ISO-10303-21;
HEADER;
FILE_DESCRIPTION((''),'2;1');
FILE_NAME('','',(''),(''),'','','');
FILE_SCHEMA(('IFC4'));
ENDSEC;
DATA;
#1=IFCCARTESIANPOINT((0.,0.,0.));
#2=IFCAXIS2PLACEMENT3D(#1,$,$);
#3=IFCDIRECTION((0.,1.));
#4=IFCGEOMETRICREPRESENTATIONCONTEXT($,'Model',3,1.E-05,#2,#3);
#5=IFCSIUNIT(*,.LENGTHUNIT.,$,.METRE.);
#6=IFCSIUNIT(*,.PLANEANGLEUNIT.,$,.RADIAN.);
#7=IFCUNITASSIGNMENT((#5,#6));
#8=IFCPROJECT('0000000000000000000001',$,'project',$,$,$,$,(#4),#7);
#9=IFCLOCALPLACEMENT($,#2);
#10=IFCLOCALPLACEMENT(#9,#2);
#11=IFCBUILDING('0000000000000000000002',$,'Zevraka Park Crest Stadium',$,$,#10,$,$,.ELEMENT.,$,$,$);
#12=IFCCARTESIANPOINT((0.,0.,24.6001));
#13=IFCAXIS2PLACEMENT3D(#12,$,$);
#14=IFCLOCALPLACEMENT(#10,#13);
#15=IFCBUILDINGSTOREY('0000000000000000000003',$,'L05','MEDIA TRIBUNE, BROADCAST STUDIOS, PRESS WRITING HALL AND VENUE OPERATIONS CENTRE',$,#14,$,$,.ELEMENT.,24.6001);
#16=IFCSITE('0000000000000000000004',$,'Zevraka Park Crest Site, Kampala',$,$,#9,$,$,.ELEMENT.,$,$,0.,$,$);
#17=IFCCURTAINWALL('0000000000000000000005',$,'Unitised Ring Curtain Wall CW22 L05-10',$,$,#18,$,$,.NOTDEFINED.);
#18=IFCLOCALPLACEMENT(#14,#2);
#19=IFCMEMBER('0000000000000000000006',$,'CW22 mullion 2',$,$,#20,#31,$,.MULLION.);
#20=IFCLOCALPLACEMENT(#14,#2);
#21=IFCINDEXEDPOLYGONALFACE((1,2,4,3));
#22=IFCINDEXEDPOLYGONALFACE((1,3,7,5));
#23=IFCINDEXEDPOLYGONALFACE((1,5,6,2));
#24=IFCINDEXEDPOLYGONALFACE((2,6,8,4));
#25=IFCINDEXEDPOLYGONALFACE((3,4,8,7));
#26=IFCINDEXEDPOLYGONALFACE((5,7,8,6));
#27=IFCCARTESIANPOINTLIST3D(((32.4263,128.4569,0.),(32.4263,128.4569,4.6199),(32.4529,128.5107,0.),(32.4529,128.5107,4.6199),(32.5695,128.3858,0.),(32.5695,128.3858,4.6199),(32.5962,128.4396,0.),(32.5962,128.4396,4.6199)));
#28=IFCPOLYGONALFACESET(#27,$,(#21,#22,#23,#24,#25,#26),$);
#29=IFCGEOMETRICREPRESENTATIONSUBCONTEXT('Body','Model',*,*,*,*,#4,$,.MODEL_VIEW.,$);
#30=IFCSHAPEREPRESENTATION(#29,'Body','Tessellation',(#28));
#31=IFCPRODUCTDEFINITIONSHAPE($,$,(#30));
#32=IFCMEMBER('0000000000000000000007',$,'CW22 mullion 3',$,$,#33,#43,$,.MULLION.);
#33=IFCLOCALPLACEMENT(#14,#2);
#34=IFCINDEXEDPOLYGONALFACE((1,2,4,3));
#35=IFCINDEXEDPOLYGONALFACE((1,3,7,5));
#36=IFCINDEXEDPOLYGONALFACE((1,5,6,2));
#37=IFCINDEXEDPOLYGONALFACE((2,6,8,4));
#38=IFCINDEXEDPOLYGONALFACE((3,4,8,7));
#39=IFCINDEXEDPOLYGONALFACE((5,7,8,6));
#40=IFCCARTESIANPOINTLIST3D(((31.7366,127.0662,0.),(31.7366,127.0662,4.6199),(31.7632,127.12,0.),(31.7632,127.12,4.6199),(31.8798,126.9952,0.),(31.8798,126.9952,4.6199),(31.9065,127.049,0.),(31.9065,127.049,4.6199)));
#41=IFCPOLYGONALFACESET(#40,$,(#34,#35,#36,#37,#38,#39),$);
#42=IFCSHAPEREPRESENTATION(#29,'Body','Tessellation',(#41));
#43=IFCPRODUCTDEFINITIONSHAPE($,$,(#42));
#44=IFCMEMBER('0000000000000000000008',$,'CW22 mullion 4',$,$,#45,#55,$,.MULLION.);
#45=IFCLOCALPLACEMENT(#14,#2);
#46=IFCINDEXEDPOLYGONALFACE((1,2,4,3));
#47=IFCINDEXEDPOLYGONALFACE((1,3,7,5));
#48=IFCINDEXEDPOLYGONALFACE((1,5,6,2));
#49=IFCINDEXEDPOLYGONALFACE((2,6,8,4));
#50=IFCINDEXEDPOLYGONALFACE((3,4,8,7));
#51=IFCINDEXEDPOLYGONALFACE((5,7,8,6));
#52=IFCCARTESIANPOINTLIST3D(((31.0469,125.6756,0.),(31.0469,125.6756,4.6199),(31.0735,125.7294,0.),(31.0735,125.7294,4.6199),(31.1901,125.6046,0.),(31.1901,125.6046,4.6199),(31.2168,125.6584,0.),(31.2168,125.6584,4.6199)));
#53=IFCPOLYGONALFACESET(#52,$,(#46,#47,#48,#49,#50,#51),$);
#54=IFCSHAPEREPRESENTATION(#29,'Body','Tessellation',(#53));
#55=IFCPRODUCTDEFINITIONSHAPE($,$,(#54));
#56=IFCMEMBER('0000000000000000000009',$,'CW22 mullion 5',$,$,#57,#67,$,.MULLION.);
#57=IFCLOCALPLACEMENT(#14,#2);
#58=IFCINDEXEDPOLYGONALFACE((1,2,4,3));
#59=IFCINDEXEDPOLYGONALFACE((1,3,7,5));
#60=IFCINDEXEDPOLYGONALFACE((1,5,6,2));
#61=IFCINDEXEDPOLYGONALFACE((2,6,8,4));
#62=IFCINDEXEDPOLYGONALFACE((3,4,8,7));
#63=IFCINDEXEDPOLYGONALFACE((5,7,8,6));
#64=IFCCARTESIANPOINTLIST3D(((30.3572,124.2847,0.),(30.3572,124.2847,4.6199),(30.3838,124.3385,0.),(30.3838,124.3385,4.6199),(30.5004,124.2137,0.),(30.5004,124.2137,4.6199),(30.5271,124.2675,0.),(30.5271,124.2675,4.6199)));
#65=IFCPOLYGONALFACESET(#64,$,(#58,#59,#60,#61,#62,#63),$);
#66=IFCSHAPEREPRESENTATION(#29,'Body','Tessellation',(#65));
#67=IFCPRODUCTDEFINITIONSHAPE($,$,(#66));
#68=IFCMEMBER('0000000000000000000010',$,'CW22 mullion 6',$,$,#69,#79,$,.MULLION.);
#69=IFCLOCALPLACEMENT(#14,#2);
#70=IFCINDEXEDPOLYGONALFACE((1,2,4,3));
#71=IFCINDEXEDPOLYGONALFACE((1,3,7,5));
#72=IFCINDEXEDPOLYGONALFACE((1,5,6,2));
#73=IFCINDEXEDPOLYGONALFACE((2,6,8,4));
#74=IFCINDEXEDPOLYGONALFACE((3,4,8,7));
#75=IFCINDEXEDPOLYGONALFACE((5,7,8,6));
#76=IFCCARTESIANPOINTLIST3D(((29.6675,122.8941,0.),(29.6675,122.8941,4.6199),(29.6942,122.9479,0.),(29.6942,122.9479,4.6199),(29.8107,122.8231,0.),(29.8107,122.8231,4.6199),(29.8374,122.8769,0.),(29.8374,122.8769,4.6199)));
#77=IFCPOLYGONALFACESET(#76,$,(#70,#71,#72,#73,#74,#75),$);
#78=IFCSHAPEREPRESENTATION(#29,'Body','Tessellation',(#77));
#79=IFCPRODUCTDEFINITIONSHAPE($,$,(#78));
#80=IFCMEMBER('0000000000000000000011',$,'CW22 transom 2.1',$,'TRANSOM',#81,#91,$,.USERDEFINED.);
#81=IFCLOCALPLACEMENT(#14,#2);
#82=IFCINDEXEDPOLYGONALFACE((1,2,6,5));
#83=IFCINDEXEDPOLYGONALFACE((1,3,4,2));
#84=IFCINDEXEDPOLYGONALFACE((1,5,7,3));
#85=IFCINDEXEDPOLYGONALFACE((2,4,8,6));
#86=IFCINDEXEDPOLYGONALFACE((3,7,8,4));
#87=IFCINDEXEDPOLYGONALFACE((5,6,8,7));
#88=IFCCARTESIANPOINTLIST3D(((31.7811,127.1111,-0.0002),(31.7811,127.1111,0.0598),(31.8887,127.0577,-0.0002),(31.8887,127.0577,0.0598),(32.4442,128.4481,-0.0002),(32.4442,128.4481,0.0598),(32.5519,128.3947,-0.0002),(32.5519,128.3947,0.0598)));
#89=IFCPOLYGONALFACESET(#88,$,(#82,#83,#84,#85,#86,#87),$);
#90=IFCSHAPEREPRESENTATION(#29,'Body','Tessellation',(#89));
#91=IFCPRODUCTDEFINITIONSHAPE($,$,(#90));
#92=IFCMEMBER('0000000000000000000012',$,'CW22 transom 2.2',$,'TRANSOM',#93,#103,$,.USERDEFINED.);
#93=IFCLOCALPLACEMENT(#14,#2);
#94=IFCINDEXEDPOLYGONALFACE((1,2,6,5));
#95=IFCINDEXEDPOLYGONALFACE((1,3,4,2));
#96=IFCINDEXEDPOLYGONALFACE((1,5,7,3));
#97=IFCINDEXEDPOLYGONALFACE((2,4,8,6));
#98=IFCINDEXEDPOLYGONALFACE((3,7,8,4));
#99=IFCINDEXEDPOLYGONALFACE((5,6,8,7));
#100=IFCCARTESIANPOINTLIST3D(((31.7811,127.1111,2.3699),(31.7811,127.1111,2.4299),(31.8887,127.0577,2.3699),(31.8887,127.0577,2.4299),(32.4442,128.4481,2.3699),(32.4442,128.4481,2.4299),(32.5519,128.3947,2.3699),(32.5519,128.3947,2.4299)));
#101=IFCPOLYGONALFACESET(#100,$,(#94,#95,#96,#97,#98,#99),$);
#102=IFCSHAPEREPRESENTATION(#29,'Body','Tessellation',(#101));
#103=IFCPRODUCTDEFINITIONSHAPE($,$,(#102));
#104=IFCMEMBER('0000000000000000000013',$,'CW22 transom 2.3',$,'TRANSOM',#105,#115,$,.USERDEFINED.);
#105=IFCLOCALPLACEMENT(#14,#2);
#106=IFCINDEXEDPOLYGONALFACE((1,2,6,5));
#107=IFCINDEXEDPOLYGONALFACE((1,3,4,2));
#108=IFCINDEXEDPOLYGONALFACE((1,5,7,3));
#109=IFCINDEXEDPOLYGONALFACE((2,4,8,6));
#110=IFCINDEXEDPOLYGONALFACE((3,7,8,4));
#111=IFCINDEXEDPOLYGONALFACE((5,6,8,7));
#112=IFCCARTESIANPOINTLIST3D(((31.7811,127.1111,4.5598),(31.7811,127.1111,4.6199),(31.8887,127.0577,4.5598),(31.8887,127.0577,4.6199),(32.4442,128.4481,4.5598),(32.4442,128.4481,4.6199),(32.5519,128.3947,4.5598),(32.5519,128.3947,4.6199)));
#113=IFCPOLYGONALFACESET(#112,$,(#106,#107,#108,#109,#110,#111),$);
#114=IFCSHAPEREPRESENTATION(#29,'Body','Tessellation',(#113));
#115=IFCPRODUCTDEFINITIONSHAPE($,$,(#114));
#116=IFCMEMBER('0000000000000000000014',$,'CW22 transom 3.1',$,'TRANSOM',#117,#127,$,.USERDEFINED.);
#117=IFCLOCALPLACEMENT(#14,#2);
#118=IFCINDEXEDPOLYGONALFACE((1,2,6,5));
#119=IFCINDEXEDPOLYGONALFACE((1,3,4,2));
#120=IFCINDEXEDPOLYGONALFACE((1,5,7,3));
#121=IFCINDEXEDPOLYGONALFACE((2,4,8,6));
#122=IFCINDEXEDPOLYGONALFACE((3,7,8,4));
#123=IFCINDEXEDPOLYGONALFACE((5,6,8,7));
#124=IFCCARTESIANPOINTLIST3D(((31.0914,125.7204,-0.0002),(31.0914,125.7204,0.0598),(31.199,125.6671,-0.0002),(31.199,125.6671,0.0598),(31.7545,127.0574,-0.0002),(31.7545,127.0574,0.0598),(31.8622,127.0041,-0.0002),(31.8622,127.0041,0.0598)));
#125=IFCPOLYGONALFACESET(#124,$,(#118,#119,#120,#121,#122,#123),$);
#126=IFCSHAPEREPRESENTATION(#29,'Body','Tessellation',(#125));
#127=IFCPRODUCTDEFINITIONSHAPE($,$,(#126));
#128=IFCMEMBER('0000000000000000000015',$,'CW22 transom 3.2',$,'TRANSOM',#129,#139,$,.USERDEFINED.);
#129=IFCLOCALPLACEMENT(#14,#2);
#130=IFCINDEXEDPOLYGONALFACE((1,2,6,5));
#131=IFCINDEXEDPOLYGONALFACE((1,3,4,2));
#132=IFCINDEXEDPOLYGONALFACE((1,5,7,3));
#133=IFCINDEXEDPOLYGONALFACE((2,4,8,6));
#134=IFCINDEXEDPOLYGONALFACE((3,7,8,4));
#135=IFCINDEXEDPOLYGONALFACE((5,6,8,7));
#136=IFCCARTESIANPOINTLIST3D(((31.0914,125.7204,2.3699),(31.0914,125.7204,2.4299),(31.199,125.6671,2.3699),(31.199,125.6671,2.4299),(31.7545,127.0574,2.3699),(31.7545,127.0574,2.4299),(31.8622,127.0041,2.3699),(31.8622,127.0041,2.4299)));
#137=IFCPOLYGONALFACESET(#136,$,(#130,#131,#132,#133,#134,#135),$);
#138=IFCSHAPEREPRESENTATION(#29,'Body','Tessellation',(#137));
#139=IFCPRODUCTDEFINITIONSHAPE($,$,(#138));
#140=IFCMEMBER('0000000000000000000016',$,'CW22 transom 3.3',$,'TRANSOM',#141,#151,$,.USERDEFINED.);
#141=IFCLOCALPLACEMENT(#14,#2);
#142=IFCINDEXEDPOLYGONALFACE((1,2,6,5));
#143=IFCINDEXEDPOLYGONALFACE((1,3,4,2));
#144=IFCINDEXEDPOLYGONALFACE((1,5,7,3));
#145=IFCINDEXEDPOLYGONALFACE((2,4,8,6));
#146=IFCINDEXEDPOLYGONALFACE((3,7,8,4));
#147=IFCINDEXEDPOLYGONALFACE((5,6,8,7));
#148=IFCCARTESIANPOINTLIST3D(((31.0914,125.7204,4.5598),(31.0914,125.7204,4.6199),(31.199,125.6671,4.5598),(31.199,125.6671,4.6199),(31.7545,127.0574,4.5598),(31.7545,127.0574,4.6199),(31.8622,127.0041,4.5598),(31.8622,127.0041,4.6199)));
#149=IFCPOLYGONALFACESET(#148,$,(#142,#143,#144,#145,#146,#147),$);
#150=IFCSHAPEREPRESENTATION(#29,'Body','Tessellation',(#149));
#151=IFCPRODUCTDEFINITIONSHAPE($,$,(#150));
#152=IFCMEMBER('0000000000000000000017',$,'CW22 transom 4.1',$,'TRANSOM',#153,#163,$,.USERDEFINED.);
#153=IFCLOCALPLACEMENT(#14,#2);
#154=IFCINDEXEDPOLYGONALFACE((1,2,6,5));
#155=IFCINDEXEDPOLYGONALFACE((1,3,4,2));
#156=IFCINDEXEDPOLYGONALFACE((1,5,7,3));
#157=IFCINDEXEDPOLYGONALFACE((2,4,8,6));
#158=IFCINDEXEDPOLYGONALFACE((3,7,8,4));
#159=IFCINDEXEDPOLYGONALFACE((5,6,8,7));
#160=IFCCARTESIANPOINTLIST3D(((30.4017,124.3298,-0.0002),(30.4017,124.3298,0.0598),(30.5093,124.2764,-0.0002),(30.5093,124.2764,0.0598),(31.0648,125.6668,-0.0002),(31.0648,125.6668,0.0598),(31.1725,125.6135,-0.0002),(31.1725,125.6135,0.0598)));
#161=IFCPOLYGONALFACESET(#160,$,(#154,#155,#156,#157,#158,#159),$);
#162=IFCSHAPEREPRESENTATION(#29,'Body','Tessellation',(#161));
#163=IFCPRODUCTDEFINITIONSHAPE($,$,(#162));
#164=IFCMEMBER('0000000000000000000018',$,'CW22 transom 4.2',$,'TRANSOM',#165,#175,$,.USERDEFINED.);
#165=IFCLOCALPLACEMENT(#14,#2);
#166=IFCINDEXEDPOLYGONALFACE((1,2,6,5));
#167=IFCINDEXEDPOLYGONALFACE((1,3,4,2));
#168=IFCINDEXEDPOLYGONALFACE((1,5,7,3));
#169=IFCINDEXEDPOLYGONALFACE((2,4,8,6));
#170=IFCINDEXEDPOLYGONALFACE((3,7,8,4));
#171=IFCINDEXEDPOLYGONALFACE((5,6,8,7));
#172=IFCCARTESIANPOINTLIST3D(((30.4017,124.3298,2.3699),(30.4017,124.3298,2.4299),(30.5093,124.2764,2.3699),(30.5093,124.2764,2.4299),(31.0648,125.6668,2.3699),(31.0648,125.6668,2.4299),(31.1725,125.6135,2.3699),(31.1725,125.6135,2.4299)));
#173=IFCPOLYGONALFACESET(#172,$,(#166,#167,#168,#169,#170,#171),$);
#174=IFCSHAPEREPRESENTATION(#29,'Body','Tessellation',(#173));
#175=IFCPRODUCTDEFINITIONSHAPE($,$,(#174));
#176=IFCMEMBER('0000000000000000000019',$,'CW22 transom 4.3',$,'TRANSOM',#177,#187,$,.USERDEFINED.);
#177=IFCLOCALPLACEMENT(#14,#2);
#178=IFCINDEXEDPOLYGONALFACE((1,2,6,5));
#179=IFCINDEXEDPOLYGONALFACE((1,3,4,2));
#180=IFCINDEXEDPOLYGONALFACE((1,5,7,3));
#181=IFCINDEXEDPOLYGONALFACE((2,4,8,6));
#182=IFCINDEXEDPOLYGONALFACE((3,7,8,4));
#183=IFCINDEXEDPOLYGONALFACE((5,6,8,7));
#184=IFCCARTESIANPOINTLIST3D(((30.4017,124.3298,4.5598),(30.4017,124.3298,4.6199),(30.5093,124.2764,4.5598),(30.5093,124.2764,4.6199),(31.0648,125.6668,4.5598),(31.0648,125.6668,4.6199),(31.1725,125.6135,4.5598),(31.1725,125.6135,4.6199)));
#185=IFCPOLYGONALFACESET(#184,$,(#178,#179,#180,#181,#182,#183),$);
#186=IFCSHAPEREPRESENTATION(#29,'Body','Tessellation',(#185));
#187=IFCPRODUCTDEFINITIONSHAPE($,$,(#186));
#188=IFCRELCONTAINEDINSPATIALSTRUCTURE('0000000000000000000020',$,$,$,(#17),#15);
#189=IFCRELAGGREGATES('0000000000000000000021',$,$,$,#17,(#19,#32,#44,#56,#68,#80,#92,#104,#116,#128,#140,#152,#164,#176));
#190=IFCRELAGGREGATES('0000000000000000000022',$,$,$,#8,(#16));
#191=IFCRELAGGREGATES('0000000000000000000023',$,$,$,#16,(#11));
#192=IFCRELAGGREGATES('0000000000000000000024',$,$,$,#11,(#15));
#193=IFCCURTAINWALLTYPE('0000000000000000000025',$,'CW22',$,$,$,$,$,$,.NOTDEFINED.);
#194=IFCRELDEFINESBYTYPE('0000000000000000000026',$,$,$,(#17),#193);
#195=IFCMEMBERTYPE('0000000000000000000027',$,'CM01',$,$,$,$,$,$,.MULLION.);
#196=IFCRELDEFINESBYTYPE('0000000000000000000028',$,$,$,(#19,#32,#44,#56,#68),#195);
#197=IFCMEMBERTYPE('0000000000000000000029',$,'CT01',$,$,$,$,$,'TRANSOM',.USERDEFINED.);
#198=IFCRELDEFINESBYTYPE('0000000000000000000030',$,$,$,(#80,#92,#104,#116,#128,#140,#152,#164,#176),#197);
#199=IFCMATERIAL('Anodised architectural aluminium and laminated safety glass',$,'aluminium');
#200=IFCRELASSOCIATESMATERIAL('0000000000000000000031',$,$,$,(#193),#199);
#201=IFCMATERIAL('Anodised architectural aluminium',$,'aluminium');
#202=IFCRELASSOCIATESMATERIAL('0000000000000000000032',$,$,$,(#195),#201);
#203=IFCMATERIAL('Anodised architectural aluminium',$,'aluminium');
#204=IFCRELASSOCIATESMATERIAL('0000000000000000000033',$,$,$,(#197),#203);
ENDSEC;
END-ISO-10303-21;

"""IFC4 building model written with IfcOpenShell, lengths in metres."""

from ifc_helpers import new_model, si_unit, direction, frame, origin, origin_2d, place, context, subcontext, project, spatial, rectangle, extrude, material, material_profile, profile_set, type_object, element, aggregate, save


model = new_model("IFC4")

# Units and contexts
model_context = context("Model", 3, precision=1e-05, world=origin(), true_north=direction((0.0, 1.0)))
body_context = subcontext(model_context, "Body", "Model", "MODEL_VIEW")
ifc_project = project(units=[si_unit("LENGTHUNIT", "METRE"), si_unit("PLANEANGLEUNIT", "RADIAN")], contexts=[model_context])

# Site, building, storey
site_placement = place(None, origin())
site = spatial("IfcSite", under=ifc_project, at=site_placement, Name="Zevraka Park Crest Site, Kampala", CompositionType="ELEMENT", RefElevation=0.0)
building_placement = place(site_placement, origin())
building = spatial("IfcBuilding", under=site, at=building_placement, Name="Zevraka Park Crest Stadium", CompositionType="ELEMENT")
storey_placement = place(building_placement, frame((0.0, 0.0, 24.6001)))
storey = spatial("IfcBuildingStorey", under=building, at=storey_placement, Name="L05", Description="MEDIA TRIBUNE, BROADCAST STUDIOS, PRESS WRITING HALL AND VENUE OPERATIONS CENTRE", CompositionType="ELEMENT", Elevation=24.6001)

# Curtain wall, members
ifc_material_1 = material(Name="Anodised architectural aluminium and laminated safety glass", Category="aluminium")
curtain_wall_type = type_object("IfcCurtainWallType", Name="CW22", PredefinedType="NOTDEFINED", material=ifc_material_1)
curtain_wall_placement = place(storey_placement, origin())
curtain_wall = element("IfcCurtainWall", 1, at=curtain_wall_placement, inside=storey, type_object=curtain_wall_type, Name="Unitised Ring Curtain Wall CW22 L05-10", PredefinedType="NOTDEFINED")
ifc_material_2 = material(Name="Anodised architectural aluminium", Category="aluminium")
ifc_material_profile_1 = material_profile(ifc_material_2, rectangle(XDim=0.1599, YDim=0.0601, at=origin_2d()), Name="ALU MULLION 160x60")
ifc_profile_set_1 = profile_set([ifc_material_profile_1], Name="Anodised architectural aluminium")
member_type_1 = type_object("IfcMemberType", Name="CM01", PredefinedType="MULLION", material=ifc_profile_set_1)
member_1_placement = place(storey_placement, frame((32.5112, 128.4482, 0.0), z_axis=(0.0, 0.0, 1.0), x_axis=(0.895879, -0.444297, 0.0)))
member_1 = element("IfcMember", 2, at=member_1_placement, type_object=member_type_1, Name="CW22 mullion 2", PredefinedType="MULLION", context=body_context, shape_type="SweptSolid", body=[
    extrude(rectangle(XDim=0.1599, YDim=0.0601, at=origin_2d()), origin(), (0.0, 0.0, 1.0), 4.6199),
])
member_2_placement = place(storey_placement, frame((31.8215, 127.0576, 0.0), z_axis=(0.0, 0.0, 1.0), x_axis=(0.895879, -0.444297, 0.0)))
member_2 = element("IfcMember", 3, at=member_2_placement, type_object=member_type_1, Name="CW22 mullion 3", PredefinedType="MULLION", context=body_context, shape_type="SweptSolid", body=[
    extrude(rectangle(XDim=0.1599, YDim=0.0601, at=origin_2d()), origin(), (0.0, 0.0, 1.0), 4.6199),
])
member_3_placement = place(storey_placement, frame((31.1318, 125.667, 0.0), z_axis=(0.0, 0.0, 1.0), x_axis=(0.895879, -0.444297, 0.0)))
member_3 = element("IfcMember", 4, at=member_3_placement, type_object=member_type_1, Name="CW22 mullion 4", PredefinedType="MULLION", context=body_context, shape_type="SweptSolid", body=[
    extrude(rectangle(XDim=0.1599, YDim=0.0601, at=origin_2d()), origin(), (0.0, 0.0, 1.0), 4.6199),
])
member_4_placement = place(storey_placement, frame((30.4421, 124.2761, 0.0), z_axis=(0.0, 0.0, 1.0), x_axis=(0.895879, -0.444297, 0.0)))
member_4 = element("IfcMember", 5, at=member_4_placement, type_object=member_type_1, Name="CW22 mullion 5", PredefinedType="MULLION", context=body_context, shape_type="SweptSolid", body=[
    extrude(rectangle(XDim=0.1599, YDim=0.0601, at=origin_2d()), origin(), (0.0, 0.0, 1.0), 4.6199),
])
member_5_placement = place(storey_placement, frame((29.7524, 122.8855, 0.0), z_axis=(0.0, 0.0, 1.0), x_axis=(0.895879, -0.444297, 0.0)))
member_5 = element("IfcMember", 6, at=member_5_placement, type_object=member_type_1, Name="CW22 mullion 6", PredefinedType="MULLION", context=body_context, shape_type="SweptSolid", body=[
    extrude(rectangle(XDim=0.1599, YDim=0.0601, at=origin_2d()), origin(), (0.0, 0.0, 1.0), 4.6199),
])
ifc_material_3 = material(Name="Anodised architectural aluminium", Category="aluminium")
ifc_material_profile_2 = material_profile(ifc_material_3, rectangle(XDim=0.1201, YDim=0.0601, at=origin_2d()), Name="ALU TRANSOM 120x60")
ifc_profile_set_2 = profile_set([ifc_material_profile_2], Name="Anodised architectural aluminium")
member_type_2 = type_object("IfcMemberType", Name="CT01", ElementType="TRANSOM", PredefinedType="USERDEFINED", material=ifc_profile_set_2)
member_6_placement = place(storey_placement, frame((32.498, 128.4214, 0.0298), z_axis=(-0.444332, -0.895862, 0.0), x_axis=(0.895862, -0.444332, 0.0)))
member_6 = element("IfcMember", 7, at=member_6_placement, type_object=member_type_2, Name="CW22 transom 2.1", ObjectType="TRANSOM", PredefinedType="USERDEFINED", context=body_context, shape_type="SweptSolid", body=[
    extrude(rectangle(XDim=0.1201, YDim=0.0601, at=origin_2d()), origin(), (0.0, 0.0, 1.0), 1.4924),
])
member_7_placement = place(storey_placement, frame((32.498, 128.4214, 2.3999), z_axis=(-0.444332, -0.895862, 0.0), x_axis=(0.895862, -0.444332, 0.0)))
member_7 = element("IfcMember", 8, at=member_7_placement, type_object=member_type_2, Name="CW22 transom 2.2", ObjectType="TRANSOM", PredefinedType="USERDEFINED", context=body_context, shape_type="SweptSolid", body=[
    extrude(rectangle(XDim=0.1201, YDim=0.0601, at=origin_2d()), origin(), (0.0, 0.0, 1.0), 1.4924),
])
member_8_placement = place(storey_placement, frame((32.498, 128.4214, 4.5898), z_axis=(-0.444332, -0.895862, 0.0), x_axis=(0.895862, -0.444332, 0.0)))
member_8 = element("IfcMember", 9, at=member_8_placement, type_object=member_type_2, Name="CW22 transom 2.3", ObjectType="TRANSOM", PredefinedType="USERDEFINED", context=body_context, shape_type="SweptSolid", body=[
    extrude(rectangle(XDim=0.1201, YDim=0.0601, at=origin_2d()), origin(), (0.0, 0.0, 1.0), 1.4924),
])
member_9_placement = place(storey_placement, frame((31.8083, 127.0308, 0.0298), z_axis=(-0.444332, -0.895862, 0.0), x_axis=(0.895862, -0.444332, 0.0)))
member_9 = element("IfcMember", 10, at=member_9_placement, type_object=member_type_2, Name="CW22 transom 3.1", ObjectType="TRANSOM", PredefinedType="USERDEFINED", context=body_context, shape_type="SweptSolid", body=[
    extrude(rectangle(XDim=0.1201, YDim=0.0601, at=origin_2d()), origin(), (0.0, 0.0, 1.0), 1.4924),
])
member_10_placement = place(storey_placement, frame((31.8083, 127.0308, 2.3999), z_axis=(-0.444332, -0.895862, 0.0), x_axis=(0.895862, -0.444332, 0.0)))
member_10 = element("IfcMember", 11, at=member_10_placement, type_object=member_type_2, Name="CW22 transom 3.2", ObjectType="TRANSOM", PredefinedType="USERDEFINED", context=body_context, shape_type="SweptSolid", body=[
    extrude(rectangle(XDim=0.1201, YDim=0.0601, at=origin_2d()), origin(), (0.0, 0.0, 1.0), 1.4924),
])
member_11_placement = place(storey_placement, frame((31.8083, 127.0308, 4.5898), z_axis=(-0.444332, -0.895862, 0.0), x_axis=(0.895862, -0.444332, 0.0)))
member_11 = element("IfcMember", 12, at=member_11_placement, type_object=member_type_2, Name="CW22 transom 3.3", ObjectType="TRANSOM", PredefinedType="USERDEFINED", context=body_context, shape_type="SweptSolid", body=[
    extrude(rectangle(XDim=0.1201, YDim=0.0601, at=origin_2d()), origin(), (0.0, 0.0, 1.0), 1.4924),
])
member_12_placement = place(storey_placement, frame((31.1187, 125.6401, 0.0298), z_axis=(-0.444332, -0.895862, 0.0), x_axis=(0.895862, -0.444332, 0.0)))
member_12 = element("IfcMember", 13, at=member_12_placement, type_object=member_type_2, Name="CW22 transom 4.1", ObjectType="TRANSOM", PredefinedType="USERDEFINED", context=body_context, shape_type="SweptSolid", body=[
    extrude(rectangle(XDim=0.1201, YDim=0.0601, at=origin_2d()), origin(), (0.0, 0.0, 1.0), 1.4924),
])
member_13_placement = place(storey_placement, frame((31.1187, 125.6401, 2.3999), z_axis=(-0.444332, -0.895862, 0.0), x_axis=(0.895862, -0.444332, 0.0)))
member_13 = element("IfcMember", 14, at=member_13_placement, type_object=member_type_2, Name="CW22 transom 4.2", ObjectType="TRANSOM", PredefinedType="USERDEFINED", context=body_context, shape_type="SweptSolid", body=[
    extrude(rectangle(XDim=0.1201, YDim=0.0601, at=origin_2d()), origin(), (0.0, 0.0, 1.0), 1.4924),
])
member_14_placement = place(storey_placement, frame((31.1187, 125.6401, 4.5898), z_axis=(-0.444332, -0.895862, 0.0), x_axis=(0.895862, -0.444332, 0.0)))
member_14 = element("IfcMember", 15, at=member_14_placement, type_object=member_type_2, Name="CW22 transom 4.3", ObjectType="TRANSOM", PredefinedType="USERDEFINED", context=body_context, shape_type="SweptSolid", body=[
    extrude(rectangle(XDim=0.1201, YDim=0.0601, at=origin_2d()), origin(), (0.0, 0.0, 1.0), 1.4924),
])
aggregate(curtain_wall, [member_1, member_2, member_3, member_4, member_5, member_6, member_7, member_8, member_9, member_10, member_11, member_12, member_13, member_14])

save(model, "model.ifc")
